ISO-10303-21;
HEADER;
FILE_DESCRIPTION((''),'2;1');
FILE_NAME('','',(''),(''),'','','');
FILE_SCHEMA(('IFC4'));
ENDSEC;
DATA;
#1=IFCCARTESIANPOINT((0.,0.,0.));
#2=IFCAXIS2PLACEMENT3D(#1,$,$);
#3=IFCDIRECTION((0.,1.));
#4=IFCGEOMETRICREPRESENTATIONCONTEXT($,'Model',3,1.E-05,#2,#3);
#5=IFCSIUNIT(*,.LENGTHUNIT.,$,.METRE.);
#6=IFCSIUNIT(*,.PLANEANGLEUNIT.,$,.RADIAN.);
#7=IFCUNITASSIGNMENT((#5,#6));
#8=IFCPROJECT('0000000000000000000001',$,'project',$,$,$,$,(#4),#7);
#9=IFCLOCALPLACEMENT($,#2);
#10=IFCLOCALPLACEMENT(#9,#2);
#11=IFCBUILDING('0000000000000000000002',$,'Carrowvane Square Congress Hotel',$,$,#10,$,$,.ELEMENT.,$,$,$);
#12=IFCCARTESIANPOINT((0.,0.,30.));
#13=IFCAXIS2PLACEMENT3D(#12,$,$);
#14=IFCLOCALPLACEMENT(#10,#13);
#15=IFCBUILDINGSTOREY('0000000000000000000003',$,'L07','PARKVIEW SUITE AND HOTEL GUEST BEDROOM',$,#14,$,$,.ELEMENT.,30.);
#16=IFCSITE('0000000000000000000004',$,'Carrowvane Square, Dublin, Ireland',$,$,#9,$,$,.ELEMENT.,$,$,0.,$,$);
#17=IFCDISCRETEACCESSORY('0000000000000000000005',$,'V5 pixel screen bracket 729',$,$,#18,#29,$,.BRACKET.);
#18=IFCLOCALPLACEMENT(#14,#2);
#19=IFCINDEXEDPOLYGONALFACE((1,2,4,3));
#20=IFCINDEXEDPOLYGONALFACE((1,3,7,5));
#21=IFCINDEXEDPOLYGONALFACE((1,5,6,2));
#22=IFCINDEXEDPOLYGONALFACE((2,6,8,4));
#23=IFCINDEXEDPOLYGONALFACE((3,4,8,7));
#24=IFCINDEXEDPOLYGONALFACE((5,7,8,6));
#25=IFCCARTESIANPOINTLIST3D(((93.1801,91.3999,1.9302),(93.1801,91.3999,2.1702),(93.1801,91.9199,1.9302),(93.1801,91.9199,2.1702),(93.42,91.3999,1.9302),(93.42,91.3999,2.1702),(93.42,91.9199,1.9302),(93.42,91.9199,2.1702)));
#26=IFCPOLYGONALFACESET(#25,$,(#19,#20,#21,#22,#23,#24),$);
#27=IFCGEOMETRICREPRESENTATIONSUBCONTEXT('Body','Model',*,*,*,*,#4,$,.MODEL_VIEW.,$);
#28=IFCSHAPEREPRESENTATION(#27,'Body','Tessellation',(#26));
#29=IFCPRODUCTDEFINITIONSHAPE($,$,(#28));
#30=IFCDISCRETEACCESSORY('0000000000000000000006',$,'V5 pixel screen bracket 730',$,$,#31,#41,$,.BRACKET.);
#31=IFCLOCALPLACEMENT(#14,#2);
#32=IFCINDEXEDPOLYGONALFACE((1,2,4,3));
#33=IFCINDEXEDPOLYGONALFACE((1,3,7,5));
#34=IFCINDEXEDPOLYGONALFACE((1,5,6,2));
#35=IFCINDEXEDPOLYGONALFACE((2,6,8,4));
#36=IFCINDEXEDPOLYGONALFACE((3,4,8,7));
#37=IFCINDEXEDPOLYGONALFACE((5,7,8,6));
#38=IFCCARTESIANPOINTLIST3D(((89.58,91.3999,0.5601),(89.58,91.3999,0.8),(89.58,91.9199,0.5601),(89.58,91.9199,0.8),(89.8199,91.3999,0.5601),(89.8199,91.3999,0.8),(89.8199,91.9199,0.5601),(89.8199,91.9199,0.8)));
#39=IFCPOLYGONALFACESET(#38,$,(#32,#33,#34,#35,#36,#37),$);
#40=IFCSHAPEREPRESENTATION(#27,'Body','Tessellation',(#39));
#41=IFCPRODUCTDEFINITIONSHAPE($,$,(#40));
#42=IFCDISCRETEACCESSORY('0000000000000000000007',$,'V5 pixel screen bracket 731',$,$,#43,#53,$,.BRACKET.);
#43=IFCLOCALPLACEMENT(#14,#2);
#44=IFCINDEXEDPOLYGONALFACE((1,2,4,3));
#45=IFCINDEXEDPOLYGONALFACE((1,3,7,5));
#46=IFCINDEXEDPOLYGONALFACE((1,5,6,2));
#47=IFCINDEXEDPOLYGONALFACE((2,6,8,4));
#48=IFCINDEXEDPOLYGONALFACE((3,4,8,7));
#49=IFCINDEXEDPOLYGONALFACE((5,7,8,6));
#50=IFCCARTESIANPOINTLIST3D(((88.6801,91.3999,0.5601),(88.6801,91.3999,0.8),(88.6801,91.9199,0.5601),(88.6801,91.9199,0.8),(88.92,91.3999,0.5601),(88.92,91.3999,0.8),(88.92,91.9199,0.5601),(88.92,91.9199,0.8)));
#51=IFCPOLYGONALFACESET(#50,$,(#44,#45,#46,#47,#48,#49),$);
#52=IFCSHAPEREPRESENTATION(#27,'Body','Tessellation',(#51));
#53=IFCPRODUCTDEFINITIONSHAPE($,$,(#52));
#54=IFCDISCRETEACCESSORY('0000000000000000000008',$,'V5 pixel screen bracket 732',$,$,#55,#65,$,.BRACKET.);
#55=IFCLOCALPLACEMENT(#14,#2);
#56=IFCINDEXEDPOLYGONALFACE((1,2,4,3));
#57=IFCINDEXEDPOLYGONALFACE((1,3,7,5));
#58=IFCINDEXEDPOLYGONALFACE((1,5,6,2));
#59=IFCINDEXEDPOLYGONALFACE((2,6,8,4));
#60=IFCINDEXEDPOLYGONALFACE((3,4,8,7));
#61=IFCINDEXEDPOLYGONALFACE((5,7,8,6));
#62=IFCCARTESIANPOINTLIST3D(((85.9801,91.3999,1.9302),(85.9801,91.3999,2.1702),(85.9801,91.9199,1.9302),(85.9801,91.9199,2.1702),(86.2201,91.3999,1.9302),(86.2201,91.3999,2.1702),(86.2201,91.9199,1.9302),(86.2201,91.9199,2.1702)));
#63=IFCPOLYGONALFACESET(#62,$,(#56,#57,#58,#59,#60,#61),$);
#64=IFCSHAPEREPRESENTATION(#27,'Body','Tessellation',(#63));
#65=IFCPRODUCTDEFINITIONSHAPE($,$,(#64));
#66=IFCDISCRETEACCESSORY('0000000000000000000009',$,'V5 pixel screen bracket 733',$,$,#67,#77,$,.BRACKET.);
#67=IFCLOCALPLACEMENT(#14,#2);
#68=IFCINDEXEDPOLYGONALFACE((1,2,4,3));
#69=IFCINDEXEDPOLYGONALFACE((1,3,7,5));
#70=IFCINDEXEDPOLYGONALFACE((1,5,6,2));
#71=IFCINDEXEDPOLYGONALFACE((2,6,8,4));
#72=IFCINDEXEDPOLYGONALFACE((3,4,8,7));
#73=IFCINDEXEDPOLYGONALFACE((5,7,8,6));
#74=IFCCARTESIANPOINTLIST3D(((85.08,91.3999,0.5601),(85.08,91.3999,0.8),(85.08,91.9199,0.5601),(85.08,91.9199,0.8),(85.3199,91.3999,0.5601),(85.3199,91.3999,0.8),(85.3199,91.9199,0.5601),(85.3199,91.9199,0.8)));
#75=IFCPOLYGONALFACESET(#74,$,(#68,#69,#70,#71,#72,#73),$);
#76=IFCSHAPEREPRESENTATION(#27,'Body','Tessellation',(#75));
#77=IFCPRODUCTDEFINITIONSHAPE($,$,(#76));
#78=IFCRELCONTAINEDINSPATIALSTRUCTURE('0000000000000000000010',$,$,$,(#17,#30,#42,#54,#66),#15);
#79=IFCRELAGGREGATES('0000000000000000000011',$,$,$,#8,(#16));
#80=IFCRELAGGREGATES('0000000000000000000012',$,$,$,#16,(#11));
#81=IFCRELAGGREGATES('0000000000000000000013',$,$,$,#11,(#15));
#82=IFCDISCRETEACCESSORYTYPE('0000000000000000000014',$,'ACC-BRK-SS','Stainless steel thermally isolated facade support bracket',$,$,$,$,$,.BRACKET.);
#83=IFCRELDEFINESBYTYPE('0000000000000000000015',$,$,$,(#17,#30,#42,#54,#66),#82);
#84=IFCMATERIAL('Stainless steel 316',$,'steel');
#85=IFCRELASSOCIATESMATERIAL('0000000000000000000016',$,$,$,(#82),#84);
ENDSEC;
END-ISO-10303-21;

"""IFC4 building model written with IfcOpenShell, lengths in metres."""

from ifc_helpers import new_model, si_unit, direction, frame, origin, origin_2d, place, context, subcontext, project, spatial, rectangle, extrude, material, type_object, element, save


model = new_model("IFC4")

# Units and contexts
model_context = context("Model", 3, precision=1e-05, world=origin(), true_north=direction((0.0, 1.0)))
body_context = subcontext(model_context, "Body", "Model", "MODEL_VIEW")
ifc_project = project(units=[si_unit("LENGTHUNIT", "METRE"), si_unit("PLANEANGLEUNIT", "RADIAN")], contexts=[model_context])

# Site, building, storey
site_placement = place(None, origin())
site = spatial("IfcSite", under=ifc_project, at=site_placement, Name="Carrowvane Square, Dublin, Ireland", CompositionType="ELEMENT", RefElevation=0.0)
building_placement = place(site_placement, origin())
building = spatial("IfcBuilding", under=site, at=building_placement, Name="Carrowvane Square Congress Hotel", CompositionType="ELEMENT")
storey_placement = place(building_placement, frame((0.0, 0.0, 30.0)))
storey = spatial("IfcBuildingStorey", under=building, at=storey_placement, Name="L07", Description="PARKVIEW SUITE AND HOTEL GUEST BEDROOM", CompositionType="ELEMENT", Elevation=30.0)

# Discrete accessories
ifc_material_1 = material(Name="Stainless steel 316", Category="steel")
discrete_accessory_type = type_object("IfcDiscreteAccessoryType", Name="ACC-BRK-SS", Description="Stainless steel thermally isolated facade support bracket", PredefinedType="BRACKET", material=ifc_material_1)
for number, where, z_axis, x_axis, name in (
    (1, (93.3, 91.6599, 1.9302), (0.0, 0.0, 1.0), (-1.0, 0.0, 0.0), "V5 pixel screen bracket 729"),
    (2, (89.7, 91.6599, 0.5601), (0.0, 0.0, 1.0), (-1.0, 0.0, 0.0), "V5 pixel screen bracket 730"),
    (3, (88.8, 91.6599, 0.5601), (0.0, 0.0, 1.0), (-1.0, 0.0, 0.0), "V5 pixel screen bracket 731"),
    (4, (86.1001, 91.6599, 1.9302), (0.0, 0.0, 1.0), (-1.0, 0.0, 0.0), "V5 pixel screen bracket 732"),
    (5, (85.2, 91.6599, 0.5601), (0.0, 0.0, 1.0), (-1.0, 0.0, 0.0), "V5 pixel screen bracket 733"),
):
    element("IfcDiscreteAccessory", number, at=place(storey_placement, frame(where, z_axis=z_axis, x_axis=x_axis)), inside=storey, type_object=discrete_accessory_type, Name=name, PredefinedType="BRACKET", context=body_context, shape_type="SweptSolid", body=[
        extrude(rectangle(XDim=0.24, YDim=0.52, at=origin_2d()), origin(), (0.0, 0.0, 1.0), 0.24),
    ])

save(model, "model.ifc")
